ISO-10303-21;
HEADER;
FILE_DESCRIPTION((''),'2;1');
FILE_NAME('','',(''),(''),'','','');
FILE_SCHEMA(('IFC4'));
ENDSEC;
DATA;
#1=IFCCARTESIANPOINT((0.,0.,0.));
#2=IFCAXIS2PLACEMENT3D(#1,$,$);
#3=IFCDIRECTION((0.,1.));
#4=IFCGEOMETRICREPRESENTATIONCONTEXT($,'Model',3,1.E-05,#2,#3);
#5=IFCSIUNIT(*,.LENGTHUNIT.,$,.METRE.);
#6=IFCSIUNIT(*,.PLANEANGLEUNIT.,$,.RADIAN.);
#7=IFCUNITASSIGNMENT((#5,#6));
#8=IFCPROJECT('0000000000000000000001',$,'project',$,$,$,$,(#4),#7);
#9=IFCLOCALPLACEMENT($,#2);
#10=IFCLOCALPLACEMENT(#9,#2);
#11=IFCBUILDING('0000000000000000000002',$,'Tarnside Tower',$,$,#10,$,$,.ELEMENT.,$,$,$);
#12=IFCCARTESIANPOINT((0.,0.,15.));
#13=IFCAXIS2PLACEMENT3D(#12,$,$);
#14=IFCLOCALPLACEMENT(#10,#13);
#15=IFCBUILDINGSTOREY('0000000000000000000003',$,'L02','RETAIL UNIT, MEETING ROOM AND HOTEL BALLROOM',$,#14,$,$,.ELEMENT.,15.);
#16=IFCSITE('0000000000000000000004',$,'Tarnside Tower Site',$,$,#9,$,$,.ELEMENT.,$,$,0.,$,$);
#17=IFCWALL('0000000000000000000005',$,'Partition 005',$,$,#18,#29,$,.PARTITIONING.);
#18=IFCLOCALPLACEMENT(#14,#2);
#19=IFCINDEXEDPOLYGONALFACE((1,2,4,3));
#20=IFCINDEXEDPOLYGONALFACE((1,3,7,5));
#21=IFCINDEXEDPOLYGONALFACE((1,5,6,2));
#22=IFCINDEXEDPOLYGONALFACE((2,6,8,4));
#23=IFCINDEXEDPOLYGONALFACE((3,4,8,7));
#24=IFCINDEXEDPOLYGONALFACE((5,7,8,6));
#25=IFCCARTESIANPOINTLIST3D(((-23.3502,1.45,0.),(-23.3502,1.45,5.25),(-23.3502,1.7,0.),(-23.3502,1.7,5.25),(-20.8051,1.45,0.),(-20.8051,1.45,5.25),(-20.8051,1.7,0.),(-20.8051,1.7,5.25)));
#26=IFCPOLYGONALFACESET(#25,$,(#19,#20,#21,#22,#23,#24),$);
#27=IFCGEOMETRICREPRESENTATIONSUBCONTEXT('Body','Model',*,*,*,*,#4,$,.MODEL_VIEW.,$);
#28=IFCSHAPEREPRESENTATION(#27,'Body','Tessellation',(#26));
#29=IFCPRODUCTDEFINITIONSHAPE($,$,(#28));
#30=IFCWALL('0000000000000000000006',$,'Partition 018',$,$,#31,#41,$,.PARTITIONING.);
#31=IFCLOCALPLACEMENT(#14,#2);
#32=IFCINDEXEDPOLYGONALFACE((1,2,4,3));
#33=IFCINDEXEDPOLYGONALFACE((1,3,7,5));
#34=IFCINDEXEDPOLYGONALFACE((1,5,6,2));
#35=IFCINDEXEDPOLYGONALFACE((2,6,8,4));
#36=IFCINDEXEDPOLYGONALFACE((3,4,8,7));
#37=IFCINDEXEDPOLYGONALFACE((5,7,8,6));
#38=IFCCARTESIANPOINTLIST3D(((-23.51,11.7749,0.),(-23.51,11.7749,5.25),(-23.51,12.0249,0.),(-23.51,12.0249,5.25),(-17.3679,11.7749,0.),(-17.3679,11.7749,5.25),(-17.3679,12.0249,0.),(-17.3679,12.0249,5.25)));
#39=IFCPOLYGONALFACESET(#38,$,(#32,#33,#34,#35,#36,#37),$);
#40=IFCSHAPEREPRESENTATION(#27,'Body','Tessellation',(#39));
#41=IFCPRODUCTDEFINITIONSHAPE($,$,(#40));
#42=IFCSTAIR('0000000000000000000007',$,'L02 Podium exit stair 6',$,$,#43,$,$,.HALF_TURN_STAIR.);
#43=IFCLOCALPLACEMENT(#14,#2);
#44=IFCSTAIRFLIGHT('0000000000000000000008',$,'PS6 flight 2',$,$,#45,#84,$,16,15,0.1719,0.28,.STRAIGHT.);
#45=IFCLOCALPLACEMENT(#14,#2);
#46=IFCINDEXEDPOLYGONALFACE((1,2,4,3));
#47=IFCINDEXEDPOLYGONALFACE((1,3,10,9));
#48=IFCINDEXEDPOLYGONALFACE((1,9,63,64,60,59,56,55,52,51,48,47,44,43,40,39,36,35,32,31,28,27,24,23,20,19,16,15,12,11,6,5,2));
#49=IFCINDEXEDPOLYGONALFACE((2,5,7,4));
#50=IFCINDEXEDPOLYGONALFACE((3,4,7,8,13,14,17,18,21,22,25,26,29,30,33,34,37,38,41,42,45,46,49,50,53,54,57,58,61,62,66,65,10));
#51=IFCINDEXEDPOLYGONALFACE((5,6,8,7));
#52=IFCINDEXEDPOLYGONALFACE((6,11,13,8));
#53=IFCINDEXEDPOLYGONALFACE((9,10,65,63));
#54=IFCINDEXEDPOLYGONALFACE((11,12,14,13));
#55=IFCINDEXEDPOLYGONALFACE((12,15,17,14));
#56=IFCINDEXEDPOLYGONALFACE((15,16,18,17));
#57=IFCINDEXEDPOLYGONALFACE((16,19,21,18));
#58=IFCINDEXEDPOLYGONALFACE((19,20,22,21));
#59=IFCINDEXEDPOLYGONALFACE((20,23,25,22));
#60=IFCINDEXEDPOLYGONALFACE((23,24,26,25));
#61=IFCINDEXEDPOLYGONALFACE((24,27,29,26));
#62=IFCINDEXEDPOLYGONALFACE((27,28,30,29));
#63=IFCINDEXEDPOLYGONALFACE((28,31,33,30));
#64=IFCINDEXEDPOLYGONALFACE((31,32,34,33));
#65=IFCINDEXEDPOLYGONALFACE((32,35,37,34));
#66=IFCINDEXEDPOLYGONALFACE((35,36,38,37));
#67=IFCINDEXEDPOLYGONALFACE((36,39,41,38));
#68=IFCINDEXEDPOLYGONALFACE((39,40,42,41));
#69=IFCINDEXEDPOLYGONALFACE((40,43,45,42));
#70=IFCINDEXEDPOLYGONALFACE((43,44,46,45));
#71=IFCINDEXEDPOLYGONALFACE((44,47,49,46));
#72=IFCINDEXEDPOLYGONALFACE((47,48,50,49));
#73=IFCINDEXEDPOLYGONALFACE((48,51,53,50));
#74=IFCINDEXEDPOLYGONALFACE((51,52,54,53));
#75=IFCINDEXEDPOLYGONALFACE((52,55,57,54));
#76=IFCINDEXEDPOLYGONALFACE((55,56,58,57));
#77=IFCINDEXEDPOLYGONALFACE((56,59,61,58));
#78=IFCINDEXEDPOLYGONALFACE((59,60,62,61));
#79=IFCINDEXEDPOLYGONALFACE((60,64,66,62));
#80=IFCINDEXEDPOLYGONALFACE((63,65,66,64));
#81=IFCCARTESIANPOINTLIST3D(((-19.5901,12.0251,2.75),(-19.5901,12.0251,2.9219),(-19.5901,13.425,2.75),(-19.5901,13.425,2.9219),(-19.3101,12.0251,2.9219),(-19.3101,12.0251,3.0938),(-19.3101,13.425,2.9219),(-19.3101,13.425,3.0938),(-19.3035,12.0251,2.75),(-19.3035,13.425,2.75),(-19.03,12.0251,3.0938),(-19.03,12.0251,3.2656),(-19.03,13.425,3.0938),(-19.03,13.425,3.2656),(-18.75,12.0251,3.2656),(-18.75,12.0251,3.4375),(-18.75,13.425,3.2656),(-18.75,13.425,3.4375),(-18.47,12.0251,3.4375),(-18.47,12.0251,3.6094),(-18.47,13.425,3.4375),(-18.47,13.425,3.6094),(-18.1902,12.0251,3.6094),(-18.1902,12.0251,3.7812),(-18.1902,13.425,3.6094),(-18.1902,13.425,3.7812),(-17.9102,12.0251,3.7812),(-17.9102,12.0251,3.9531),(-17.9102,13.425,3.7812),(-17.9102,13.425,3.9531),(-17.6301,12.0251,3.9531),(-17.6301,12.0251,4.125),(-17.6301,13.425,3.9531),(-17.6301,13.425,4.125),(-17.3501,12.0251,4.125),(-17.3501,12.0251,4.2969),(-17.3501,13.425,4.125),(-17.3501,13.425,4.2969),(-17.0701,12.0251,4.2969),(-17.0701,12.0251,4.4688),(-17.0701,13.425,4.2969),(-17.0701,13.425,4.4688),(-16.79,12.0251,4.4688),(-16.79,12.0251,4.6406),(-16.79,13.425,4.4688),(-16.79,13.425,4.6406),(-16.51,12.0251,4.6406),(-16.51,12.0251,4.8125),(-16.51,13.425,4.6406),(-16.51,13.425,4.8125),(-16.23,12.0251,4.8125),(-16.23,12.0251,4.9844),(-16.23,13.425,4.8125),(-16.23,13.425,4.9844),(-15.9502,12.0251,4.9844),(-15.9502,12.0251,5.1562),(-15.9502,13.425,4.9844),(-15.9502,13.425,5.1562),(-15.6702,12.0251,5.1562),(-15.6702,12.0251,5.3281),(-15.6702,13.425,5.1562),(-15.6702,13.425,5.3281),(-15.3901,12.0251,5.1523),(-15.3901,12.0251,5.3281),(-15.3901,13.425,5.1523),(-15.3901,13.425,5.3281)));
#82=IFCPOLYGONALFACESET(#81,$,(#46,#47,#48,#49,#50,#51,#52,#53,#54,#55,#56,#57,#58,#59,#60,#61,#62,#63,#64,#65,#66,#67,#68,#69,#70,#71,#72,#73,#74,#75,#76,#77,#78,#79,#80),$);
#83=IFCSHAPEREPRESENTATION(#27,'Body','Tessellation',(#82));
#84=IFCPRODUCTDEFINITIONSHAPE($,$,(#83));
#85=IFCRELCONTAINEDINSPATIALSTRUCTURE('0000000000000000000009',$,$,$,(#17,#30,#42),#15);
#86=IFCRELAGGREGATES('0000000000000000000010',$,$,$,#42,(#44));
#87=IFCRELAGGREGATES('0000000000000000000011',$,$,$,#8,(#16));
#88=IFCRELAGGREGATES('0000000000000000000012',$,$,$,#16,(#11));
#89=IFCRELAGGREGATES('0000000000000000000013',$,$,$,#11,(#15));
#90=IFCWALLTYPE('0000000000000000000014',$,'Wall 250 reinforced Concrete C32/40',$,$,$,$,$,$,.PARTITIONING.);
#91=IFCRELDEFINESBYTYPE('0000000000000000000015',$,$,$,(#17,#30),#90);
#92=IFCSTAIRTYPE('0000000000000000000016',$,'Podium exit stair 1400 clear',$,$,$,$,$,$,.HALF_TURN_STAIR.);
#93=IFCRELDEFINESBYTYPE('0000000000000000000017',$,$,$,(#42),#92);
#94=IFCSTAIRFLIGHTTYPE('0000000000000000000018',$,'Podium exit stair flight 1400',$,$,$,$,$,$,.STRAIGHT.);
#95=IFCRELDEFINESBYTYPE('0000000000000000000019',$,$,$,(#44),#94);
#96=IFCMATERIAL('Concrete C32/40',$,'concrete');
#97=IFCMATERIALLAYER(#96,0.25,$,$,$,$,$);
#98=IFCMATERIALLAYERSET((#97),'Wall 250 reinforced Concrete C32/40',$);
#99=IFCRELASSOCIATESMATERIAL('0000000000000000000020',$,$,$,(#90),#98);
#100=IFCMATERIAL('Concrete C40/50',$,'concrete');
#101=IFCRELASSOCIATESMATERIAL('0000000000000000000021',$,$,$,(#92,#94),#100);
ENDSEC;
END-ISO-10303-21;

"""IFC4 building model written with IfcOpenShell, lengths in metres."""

from ifc_helpers import new_model, si_unit, direction, frame, frame_2d, origin, place, context, subcontext, project, spatial, polyline, rectangle, outline, extrude, material, layer, layer_set, type_object, element, aggregate, save


model = new_model("IFC4")

# Units and contexts
model_context = context("Model", 3, precision=1e-05, world=origin(), true_north=direction((0.0, 1.0)))
body_context = subcontext(model_context, "Body", "Model", "MODEL_VIEW")
ifc_project = project(units=[si_unit("LENGTHUNIT", "METRE"), si_unit("PLANEANGLEUNIT", "RADIAN")], contexts=[model_context])

# Site, building, storey
site_placement = place(None, origin())
site = spatial("IfcSite", under=ifc_project, at=site_placement, Name="Tarnside Tower Site", CompositionType="ELEMENT", RefElevation=0.0)
building_placement = place(site_placement, origin())
building = spatial("IfcBuilding", under=site, at=building_placement, Name="Tarnside Tower", CompositionType="ELEMENT")
storey_placement = place(building_placement, frame((0.0, 0.0, 15.0)))
storey = spatial("IfcBuildingStorey", under=building, at=storey_placement, Name="L02", Description="RETAIL UNIT, MEETING ROOM AND HOTEL BALLROOM", CompositionType="ELEMENT", Elevation=15.0)

# Walls
ifc_material_1 = material(Name="Concrete C32/40", Category="concrete")
ifc_layer_1 = layer(ifc_material_1, 0.25)
ifc_layer_set_1 = layer_set([ifc_layer_1], Name="Wall 250 reinforced Concrete C32/40")
wall_type_1 = type_object("IfcWallType", Name="Wall 250 reinforced Concrete C32/40", PredefinedType="PARTITIONING", material=ifc_layer_set_1)
wall_1_placement = place(storey_placement, frame((-23.3501, 1.575, 0.0), z_axis=(0.0, 0.0, 1.0), x_axis=(1.0, 0.0, 0.0)))
element("IfcWall", 1, at=wall_1_placement, inside=storey, type_object=wall_type_1, Name="Partition 005", PredefinedType="PARTITIONING", context=body_context, shape_type="SweptSolid", body=[
    extrude(rectangle(XDim=2.5452, YDim=0.25, at=frame_2d((1.2725, 0.0))), origin(), (0.0, 0.0, 1.0), 5.25),
])
wall_2_placement = place(storey_placement, frame((-17.3679, 11.8999, 0.0), z_axis=(0.0, 0.0, 1.0), x_axis=(-1.0, 0.0, 0.0)))
element("IfcWall", 2, at=wall_2_placement, inside=storey, type_object=wall_type_1, Name="Partition 018", PredefinedType="PARTITIONING", context=body_context, shape_type="SweptSolid", body=[
    extrude(rectangle(XDim=6.1421, YDim=0.25, at=frame_2d((3.071, 0.0))), origin(), (0.0, 0.0, 1.0), 5.25),
])

# Stair, stair flight
ifc_material_2 = material(Name="Concrete C40/50", Category="concrete")
stair_type = type_object("IfcStairType", Name="Podium exit stair 1400 clear", PredefinedType="HALF_TURN_STAIR", material=ifc_material_2)
stair_placement = place(storey_placement, origin())
stair = element("IfcStair", 3, at=stair_placement, inside=storey, type_object=stair_type, Name="L02 Podium exit stair 6", PredefinedType="HALF_TURN_STAIR")
stair_flight_type = type_object("IfcStairFlightType", Name="Podium exit stair flight 1400", PredefinedType="STRAIGHT", material=ifc_material_2)
stair_flight_placement = place(storey_placement, frame((-19.5901, 12.7251, 2.75), z_axis=(0.0, 0.0, 1.0), x_axis=(1.0, 0.0, 0.0)))
stair_flight = element("IfcStairFlight", 4, at=stair_flight_placement, type_object=stair_flight_type, Name="PS6 flight 2", NumberOfRisers=16, NumberOfTreads=15, PredefinedType="STRAIGHT", RiserHeight=0.1719, TreadLength=0.28, context=body_context, shape_type="SweptSolid", body=[
    extrude(outline(polyline([(0.0, 0.0), (0.0, 0.1719), (0.28, 0.1719), (0.28, 0.3438), (0.5601, 0.3438), (0.5601, 0.5156), (0.8401, 0.5156), (0.8401, 0.6875), (1.1201, 0.6875), (1.1201, 0.8594), (1.3999, 0.8594), (1.3999, 1.0312), (1.6799, 1.0312), (1.6799, 1.2031), (1.96, 1.2031), (1.96, 1.375), (2.24, 1.375), (2.24, 1.5469), (2.52, 1.5469), (2.52, 1.7188), (2.8, 1.7188), (2.8, 1.8906), (3.0801, 1.8906), (3.0801, 2.0625), (3.3601, 2.0625), (3.3601, 2.2344), (3.6399, 2.2344), (3.6399, 2.4062), (3.9199, 2.4062), (3.9199, 2.5781), (4.2, 2.5781), (4.2, 2.75), (4.2, 2.4023), (0.2866, 0.0), (0.0, 0.0)])), frame((0.0, 0.7, 0.0), z_axis=(0.0, -1.0, 0.0), x_axis=(1.0, 0.0, 0.0)), (0.0, 0.0, 1.0), 1.3999),
])
aggregate(stair, [stair_flight])

save(model, "model.ifc")
